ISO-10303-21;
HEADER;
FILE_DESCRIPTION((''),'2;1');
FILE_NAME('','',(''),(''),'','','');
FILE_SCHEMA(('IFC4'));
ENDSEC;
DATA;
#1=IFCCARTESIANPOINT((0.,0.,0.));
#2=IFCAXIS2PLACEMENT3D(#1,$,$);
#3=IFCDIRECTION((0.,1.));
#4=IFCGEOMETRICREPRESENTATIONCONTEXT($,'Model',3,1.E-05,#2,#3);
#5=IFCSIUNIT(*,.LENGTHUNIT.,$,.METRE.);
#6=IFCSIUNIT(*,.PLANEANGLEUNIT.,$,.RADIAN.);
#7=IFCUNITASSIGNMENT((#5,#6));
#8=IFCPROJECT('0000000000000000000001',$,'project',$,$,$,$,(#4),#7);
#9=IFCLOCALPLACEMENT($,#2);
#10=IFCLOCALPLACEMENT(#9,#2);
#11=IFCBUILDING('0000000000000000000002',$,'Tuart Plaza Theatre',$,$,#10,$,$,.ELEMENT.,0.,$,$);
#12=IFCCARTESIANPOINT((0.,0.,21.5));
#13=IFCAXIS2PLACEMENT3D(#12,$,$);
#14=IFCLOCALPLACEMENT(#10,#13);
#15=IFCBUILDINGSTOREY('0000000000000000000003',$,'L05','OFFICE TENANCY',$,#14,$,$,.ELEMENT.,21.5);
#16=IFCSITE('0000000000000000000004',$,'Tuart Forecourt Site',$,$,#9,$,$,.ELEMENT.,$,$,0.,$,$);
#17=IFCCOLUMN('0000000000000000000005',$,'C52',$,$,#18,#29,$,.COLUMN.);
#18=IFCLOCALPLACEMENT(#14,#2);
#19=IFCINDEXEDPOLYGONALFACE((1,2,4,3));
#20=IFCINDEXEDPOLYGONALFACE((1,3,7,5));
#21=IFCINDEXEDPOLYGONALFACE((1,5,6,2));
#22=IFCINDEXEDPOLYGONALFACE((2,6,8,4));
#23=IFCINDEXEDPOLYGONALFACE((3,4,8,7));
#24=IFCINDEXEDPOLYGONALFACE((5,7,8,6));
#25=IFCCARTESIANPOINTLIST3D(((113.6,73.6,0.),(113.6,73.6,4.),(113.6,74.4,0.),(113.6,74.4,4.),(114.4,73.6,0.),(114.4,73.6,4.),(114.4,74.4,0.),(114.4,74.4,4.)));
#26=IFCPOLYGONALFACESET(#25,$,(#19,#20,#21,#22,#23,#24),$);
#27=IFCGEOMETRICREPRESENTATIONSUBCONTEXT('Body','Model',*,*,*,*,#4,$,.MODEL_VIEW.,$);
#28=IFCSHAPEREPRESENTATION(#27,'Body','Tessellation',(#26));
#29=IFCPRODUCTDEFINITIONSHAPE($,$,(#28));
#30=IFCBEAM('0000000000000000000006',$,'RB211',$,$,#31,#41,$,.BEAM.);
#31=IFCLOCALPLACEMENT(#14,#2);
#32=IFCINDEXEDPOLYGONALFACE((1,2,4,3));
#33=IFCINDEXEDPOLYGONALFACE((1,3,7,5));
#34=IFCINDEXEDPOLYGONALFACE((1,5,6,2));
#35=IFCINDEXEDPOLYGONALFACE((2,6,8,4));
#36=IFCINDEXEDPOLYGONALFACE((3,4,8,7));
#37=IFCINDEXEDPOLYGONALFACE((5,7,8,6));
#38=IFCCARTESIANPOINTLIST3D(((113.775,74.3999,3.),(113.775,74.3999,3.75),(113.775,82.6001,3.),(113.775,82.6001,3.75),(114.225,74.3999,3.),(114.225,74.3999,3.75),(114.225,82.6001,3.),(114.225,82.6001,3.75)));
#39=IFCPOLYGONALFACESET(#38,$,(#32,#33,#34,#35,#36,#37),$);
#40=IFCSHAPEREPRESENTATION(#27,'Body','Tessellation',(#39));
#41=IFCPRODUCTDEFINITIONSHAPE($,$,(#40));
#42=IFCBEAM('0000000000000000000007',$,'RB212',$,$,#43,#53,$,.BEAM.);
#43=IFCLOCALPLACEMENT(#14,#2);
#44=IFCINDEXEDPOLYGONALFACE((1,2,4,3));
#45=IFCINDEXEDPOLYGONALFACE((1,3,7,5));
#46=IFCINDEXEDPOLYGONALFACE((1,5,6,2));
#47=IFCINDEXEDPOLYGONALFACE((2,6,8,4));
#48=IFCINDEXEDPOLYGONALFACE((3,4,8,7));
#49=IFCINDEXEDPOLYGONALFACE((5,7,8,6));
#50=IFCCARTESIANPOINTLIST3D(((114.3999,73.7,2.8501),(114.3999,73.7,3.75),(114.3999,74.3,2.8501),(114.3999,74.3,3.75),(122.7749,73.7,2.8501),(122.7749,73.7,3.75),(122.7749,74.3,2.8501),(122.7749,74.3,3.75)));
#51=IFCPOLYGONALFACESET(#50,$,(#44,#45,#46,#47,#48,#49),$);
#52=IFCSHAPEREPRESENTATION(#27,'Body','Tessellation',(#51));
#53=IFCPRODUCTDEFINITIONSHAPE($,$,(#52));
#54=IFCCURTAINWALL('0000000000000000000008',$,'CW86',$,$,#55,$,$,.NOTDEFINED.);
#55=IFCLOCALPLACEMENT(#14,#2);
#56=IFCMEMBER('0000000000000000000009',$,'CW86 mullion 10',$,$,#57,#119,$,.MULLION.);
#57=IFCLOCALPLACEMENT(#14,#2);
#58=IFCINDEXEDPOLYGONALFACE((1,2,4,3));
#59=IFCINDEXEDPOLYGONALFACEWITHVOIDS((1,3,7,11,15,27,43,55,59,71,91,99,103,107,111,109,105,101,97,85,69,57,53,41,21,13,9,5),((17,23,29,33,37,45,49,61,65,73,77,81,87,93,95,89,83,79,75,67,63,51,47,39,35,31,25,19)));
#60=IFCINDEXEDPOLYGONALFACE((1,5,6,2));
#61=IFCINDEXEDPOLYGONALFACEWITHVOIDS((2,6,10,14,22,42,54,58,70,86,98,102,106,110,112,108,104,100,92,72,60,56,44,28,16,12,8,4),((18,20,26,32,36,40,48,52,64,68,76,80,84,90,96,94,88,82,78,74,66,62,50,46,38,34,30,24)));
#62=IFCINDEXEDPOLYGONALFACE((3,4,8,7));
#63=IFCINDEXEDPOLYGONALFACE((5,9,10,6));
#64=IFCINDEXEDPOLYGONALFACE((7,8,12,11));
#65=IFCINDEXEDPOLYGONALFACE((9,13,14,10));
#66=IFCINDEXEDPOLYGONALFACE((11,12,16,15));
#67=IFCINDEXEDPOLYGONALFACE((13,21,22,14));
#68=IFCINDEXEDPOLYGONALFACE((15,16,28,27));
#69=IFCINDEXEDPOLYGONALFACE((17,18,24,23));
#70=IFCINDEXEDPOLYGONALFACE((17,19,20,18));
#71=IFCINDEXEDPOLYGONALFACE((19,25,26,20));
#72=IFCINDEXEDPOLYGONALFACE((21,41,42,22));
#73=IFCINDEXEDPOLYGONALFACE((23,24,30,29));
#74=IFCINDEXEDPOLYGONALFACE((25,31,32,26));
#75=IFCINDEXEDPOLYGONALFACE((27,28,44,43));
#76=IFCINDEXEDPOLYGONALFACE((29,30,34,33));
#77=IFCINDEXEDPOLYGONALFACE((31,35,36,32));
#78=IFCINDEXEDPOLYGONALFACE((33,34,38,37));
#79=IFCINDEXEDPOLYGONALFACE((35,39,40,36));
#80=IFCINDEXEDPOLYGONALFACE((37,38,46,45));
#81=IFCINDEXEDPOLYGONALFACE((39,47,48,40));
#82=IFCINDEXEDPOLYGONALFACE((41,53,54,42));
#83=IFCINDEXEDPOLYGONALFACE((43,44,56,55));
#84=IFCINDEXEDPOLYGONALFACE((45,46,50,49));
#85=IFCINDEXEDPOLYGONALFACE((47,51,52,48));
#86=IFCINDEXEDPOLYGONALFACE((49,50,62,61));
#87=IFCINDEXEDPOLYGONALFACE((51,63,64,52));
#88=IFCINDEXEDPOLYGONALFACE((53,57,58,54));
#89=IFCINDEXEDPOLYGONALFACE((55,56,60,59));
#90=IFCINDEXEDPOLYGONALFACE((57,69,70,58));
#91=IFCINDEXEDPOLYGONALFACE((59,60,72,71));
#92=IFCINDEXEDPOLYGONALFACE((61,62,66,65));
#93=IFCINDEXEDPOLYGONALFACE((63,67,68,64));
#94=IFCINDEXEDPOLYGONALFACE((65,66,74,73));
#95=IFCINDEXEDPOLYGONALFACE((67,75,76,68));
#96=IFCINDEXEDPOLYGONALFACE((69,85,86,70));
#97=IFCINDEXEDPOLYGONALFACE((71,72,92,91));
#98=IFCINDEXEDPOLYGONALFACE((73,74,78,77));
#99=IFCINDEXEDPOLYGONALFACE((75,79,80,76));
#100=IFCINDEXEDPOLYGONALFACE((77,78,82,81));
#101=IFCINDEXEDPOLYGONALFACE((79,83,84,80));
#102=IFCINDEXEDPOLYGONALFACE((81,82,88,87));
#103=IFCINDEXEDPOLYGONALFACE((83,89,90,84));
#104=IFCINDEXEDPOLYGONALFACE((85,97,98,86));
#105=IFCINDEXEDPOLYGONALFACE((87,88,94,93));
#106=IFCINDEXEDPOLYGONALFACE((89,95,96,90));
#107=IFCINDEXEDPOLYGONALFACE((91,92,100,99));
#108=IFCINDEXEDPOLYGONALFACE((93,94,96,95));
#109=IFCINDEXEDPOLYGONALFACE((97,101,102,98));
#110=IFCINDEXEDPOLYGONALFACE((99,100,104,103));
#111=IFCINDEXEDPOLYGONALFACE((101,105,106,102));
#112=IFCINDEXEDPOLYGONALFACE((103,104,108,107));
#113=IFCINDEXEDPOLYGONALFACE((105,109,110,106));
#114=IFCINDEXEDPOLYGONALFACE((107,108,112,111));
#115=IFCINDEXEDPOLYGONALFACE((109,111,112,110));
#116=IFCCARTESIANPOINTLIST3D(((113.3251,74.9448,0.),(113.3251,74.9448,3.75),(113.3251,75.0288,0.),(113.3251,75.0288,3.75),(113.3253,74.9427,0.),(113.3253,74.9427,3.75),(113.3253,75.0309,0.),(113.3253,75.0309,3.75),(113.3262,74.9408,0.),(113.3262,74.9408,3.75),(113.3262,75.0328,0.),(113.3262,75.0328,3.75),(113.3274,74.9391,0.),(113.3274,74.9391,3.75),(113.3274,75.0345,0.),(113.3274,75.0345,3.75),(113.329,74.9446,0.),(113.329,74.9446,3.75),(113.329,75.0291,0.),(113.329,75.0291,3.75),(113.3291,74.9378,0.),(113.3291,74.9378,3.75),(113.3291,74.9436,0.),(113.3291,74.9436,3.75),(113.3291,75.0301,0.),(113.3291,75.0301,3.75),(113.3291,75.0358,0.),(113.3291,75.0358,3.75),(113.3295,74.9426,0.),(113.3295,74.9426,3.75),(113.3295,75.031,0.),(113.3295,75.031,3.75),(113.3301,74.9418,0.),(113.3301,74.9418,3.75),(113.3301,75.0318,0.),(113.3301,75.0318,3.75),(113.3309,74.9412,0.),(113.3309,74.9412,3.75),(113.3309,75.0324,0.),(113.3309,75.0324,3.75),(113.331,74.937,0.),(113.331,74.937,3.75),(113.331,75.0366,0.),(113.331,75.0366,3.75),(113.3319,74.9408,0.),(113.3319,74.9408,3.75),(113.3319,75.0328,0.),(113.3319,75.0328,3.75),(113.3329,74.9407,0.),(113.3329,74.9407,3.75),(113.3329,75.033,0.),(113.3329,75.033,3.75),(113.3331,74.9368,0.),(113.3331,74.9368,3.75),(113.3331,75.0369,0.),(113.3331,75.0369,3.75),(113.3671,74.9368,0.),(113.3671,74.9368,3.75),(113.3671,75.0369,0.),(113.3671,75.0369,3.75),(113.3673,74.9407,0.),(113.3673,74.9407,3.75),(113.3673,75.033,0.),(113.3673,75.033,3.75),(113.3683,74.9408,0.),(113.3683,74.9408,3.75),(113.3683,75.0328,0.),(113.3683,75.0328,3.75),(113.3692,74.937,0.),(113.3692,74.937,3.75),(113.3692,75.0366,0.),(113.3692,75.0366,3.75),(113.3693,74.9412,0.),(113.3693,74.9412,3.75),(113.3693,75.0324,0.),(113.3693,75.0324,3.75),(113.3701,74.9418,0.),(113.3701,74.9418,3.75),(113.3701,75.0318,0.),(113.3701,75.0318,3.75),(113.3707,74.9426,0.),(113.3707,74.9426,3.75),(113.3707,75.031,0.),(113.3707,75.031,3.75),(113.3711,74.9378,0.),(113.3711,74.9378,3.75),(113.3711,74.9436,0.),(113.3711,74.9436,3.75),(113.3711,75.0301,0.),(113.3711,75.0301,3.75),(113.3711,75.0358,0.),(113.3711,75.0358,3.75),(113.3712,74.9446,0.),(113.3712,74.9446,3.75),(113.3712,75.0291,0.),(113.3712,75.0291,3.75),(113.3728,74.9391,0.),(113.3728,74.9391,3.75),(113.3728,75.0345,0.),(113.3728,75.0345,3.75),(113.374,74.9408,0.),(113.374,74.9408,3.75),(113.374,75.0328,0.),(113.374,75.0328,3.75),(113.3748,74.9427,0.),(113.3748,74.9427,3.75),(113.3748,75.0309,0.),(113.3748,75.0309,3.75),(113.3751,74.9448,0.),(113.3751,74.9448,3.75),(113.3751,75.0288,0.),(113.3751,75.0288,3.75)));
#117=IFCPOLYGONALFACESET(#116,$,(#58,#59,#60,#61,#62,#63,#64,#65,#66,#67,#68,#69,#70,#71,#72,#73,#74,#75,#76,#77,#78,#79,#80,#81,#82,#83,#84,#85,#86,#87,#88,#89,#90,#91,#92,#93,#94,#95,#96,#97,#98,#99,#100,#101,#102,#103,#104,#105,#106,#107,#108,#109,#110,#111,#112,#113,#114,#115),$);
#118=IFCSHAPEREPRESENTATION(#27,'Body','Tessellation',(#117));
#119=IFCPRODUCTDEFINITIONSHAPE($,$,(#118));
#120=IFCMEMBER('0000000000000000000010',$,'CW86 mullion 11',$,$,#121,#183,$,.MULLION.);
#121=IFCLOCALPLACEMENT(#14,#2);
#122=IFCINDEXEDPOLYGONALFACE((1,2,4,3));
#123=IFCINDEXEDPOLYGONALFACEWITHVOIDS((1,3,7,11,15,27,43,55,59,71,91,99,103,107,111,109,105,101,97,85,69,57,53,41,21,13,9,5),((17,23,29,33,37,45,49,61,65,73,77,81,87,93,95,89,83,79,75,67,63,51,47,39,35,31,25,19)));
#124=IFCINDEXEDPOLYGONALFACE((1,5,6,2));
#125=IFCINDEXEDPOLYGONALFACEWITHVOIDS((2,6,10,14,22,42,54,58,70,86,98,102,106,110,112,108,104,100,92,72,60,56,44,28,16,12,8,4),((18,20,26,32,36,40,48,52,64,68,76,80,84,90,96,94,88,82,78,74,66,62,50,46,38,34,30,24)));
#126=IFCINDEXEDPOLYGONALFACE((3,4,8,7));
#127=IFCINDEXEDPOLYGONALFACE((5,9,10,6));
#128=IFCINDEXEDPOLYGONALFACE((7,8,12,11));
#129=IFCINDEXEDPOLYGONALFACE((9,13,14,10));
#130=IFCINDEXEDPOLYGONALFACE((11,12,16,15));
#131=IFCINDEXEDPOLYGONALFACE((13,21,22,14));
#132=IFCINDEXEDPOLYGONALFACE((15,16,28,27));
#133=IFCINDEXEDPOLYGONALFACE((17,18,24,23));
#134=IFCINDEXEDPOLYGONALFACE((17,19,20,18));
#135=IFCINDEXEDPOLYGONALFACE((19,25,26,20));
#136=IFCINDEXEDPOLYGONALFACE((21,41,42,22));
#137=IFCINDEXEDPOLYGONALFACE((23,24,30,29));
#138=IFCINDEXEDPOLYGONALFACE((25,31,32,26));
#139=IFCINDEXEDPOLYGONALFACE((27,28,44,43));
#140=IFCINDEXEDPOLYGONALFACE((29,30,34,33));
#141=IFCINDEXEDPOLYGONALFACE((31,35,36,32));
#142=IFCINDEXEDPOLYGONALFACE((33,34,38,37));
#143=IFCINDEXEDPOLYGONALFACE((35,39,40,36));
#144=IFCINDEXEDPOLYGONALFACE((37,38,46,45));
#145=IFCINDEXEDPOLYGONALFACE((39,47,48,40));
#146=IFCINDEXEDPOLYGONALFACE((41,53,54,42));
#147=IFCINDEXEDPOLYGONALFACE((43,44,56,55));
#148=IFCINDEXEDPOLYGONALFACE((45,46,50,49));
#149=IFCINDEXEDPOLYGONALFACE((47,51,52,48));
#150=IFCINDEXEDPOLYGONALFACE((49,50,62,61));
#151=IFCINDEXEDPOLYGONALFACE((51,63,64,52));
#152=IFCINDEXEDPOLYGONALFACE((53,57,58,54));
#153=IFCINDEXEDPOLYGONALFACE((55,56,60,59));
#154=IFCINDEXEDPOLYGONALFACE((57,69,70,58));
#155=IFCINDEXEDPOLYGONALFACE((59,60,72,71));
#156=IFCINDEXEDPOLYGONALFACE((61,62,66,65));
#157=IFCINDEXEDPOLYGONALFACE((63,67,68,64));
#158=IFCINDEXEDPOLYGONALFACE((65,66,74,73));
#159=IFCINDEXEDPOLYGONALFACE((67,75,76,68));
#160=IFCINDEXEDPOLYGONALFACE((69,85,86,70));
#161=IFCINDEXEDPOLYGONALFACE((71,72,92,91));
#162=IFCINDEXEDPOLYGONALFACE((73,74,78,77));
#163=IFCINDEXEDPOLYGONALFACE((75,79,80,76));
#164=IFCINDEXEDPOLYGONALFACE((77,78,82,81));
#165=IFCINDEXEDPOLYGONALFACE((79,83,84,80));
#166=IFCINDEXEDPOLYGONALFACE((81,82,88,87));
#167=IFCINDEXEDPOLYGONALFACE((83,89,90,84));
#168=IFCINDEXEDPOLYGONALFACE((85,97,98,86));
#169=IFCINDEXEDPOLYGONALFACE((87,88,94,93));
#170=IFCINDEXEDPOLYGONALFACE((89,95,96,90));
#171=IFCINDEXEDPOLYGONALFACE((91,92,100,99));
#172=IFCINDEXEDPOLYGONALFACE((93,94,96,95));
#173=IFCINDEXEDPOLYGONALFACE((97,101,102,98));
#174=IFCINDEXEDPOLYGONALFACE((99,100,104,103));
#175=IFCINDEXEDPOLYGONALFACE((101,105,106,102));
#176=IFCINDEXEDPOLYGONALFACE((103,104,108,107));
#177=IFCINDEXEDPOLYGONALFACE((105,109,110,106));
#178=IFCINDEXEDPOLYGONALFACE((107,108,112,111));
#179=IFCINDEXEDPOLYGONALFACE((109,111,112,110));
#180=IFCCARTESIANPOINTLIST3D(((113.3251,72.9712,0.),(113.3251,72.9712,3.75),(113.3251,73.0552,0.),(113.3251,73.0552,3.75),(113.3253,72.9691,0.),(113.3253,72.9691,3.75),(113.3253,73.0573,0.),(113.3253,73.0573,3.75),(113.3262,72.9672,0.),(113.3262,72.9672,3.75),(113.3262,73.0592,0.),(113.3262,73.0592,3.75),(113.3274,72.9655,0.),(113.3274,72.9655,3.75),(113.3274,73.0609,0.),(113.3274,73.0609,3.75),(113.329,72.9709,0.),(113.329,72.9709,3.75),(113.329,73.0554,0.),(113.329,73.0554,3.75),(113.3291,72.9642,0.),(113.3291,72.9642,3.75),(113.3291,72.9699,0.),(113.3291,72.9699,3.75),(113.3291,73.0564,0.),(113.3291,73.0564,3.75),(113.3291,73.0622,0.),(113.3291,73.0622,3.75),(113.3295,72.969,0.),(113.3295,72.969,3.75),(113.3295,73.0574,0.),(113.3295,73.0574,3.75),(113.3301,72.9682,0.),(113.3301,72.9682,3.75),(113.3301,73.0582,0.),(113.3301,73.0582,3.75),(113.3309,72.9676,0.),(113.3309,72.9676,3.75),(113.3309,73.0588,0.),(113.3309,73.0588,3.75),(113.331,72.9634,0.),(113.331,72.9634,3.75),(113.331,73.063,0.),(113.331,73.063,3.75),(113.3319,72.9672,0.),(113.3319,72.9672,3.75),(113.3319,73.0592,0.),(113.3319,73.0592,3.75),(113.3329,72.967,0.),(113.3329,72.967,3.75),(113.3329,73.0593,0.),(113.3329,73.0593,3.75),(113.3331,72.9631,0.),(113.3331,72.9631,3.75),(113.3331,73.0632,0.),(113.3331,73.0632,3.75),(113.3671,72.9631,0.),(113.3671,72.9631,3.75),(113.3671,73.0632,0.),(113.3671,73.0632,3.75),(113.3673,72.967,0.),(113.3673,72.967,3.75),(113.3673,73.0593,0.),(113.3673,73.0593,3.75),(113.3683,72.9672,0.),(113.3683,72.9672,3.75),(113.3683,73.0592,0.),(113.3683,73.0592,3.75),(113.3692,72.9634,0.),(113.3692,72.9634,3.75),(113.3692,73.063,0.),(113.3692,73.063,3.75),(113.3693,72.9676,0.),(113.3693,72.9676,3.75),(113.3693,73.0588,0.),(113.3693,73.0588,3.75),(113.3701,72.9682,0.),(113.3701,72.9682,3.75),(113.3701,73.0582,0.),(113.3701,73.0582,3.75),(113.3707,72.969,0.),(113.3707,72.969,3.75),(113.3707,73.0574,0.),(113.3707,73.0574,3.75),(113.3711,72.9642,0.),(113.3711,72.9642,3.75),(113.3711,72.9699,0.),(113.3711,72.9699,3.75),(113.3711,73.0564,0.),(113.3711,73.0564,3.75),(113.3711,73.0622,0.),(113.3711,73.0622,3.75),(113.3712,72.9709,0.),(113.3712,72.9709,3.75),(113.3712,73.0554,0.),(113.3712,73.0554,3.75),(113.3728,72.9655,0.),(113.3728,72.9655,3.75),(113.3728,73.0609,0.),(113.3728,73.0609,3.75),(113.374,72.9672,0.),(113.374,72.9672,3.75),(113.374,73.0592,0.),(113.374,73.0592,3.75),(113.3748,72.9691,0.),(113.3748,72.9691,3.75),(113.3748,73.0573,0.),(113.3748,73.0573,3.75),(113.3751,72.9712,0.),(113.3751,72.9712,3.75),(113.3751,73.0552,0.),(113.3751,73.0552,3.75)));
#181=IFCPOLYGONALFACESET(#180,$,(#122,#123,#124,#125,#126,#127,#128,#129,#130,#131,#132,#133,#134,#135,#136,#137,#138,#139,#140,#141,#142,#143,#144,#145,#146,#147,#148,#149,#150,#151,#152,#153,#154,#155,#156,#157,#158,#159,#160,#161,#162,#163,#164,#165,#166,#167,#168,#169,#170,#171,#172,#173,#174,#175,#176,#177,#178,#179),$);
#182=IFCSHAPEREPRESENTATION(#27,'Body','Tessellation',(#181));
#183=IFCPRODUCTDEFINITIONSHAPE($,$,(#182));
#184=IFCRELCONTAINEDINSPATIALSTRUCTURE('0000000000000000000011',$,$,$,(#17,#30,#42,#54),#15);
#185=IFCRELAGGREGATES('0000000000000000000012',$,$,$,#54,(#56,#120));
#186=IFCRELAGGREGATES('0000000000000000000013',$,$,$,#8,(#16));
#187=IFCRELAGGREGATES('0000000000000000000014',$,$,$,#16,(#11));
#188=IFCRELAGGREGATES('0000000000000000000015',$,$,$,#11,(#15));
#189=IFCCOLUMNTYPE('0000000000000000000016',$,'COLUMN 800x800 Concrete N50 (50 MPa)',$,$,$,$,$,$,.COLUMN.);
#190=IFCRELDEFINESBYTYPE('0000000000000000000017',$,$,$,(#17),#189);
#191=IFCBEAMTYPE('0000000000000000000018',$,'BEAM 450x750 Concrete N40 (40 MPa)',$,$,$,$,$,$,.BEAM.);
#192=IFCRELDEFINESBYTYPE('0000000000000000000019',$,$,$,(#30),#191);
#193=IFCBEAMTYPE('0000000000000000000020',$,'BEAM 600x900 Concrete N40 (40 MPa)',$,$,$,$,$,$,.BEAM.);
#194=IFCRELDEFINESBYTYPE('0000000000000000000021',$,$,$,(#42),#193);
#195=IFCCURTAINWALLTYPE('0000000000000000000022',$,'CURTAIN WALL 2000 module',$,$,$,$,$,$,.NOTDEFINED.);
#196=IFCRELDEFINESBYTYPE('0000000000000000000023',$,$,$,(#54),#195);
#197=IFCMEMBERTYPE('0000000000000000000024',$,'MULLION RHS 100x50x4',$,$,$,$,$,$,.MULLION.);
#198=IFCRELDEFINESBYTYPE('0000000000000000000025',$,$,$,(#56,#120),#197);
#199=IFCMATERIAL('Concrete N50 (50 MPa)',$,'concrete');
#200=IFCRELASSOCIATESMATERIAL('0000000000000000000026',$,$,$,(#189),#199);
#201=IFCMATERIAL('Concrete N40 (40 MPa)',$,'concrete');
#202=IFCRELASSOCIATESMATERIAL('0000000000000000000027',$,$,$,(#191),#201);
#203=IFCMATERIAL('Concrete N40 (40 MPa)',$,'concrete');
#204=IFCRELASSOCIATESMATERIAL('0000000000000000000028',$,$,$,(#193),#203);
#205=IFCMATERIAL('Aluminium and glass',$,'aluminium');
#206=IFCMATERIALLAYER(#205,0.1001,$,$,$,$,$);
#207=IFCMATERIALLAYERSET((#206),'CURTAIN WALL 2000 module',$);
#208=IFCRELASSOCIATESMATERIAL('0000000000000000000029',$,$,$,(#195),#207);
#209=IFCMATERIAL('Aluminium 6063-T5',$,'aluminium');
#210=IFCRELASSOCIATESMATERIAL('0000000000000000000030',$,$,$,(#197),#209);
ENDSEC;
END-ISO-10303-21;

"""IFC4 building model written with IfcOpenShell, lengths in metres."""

from ifc_helpers import new_model, si_unit, direction, frame, origin, origin_2d, place, context, subcontext, project, spatial, rectangle, hollow_rectangle, extrude, material, layer, layer_set, material_profile, profile_set, type_object, element, aggregate, save


model = new_model("IFC4")

# Units and contexts
model_context = context("Model", 3, precision=1e-05, world=origin(), true_north=direction((0.0, 1.0)))
body_context = subcontext(model_context, "Body", "Model", "MODEL_VIEW")
ifc_project = project(units=[si_unit("LENGTHUNIT", "METRE"), si_unit("PLANEANGLEUNIT", "RADIAN")], contexts=[model_context])

# Site, building, storey
site_placement = place(None, origin())
site = spatial("IfcSite", under=ifc_project, at=site_placement, Name="Tuart Forecourt Site", CompositionType="ELEMENT", RefElevation=0.0)
building_placement = place(site_placement, origin())
building = spatial("IfcBuilding", under=site, at=building_placement, Name="Tuart Plaza Theatre", CompositionType="ELEMENT", ElevationOfRefHeight=0.0)
storey_placement = place(building_placement, frame((0.0, 0.0, 21.5)))
storey = spatial("IfcBuildingStorey", under=building, at=storey_placement, Name="L05", Description="OFFICE TENANCY", CompositionType="ELEMENT", Elevation=21.5)

# Column
ifc_material_1 = material(Name="Concrete N50 (50 MPa)", Category="concrete")
ifc_material_profile_1 = material_profile(ifc_material_1, rectangle(XDim=0.8, YDim=0.8, at=origin_2d()), Name="COLUMN 800x800 Concrete N50 (50 MPa)")
ifc_profile_set_1 = profile_set([ifc_material_profile_1], Name="Concrete N50 (50 MPa)")
column_type = type_object("IfcColumnType", Name="COLUMN 800x800 Concrete N50 (50 MPa)", PredefinedType="COLUMN", material=ifc_profile_set_1)
column_placement = place(storey_placement, frame((114.0, 74.0, 0.0), z_axis=(0.0, 0.0, 1.0), x_axis=(1.0, 0.0, 0.0)))
element("IfcColumn", 1, at=column_placement, inside=storey, type_object=column_type, Name="C52", PredefinedType="COLUMN", context=body_context, shape_type="SweptSolid", body=[
    extrude(rectangle(XDim=0.8, YDim=0.8, at=origin_2d()), origin(), (0.0, 0.0, 1.0), 4.0),
])

# Beams
ifc_material_2 = material(Name="Concrete N40 (40 MPa)", Category="concrete")
ifc_material_profile_2 = material_profile(ifc_material_2, rectangle(XDim=0.45, YDim=0.75, at=origin_2d()), Name="BEAM 450x750 Concrete N40 (40 MPa)")
ifc_profile_set_2 = profile_set([ifc_material_profile_2], Name="Concrete N40 (40 MPa)")
beam_type_1 = type_object("IfcBeamType", Name="BEAM 450x750 Concrete N40 (40 MPa)", PredefinedType="BEAM", material=ifc_profile_set_2)
beam_1_placement = place(storey_placement, frame((114.0, 74.3999, 3.375), z_axis=(0.0, 1.0, 0.0), x_axis=(-1.0, 0.0, 0.0)))
element("IfcBeam", 2, at=beam_1_placement, inside=storey, type_object=beam_type_1, Name="RB211", PredefinedType="BEAM", context=body_context, shape_type="SweptSolid", body=[
    extrude(rectangle(XDim=0.45, YDim=0.75, at=origin_2d()), origin(), (0.0, 0.0, 1.0), 8.2002),
])
ifc_material_3 = material(Name="Concrete N40 (40 MPa)", Category="concrete")
ifc_material_profile_3 = material_profile(ifc_material_3, rectangle(XDim=0.6001, YDim=0.8999, at=origin_2d()), Name="BEAM 600x900 Concrete N40 (40 MPa)")
ifc_profile_set_3 = profile_set([ifc_material_profile_3], Name="Concrete N40 (40 MPa)")
beam_type_2 = type_object("IfcBeamType", Name="BEAM 600x900 Concrete N40 (40 MPa)", PredefinedType="BEAM", material=ifc_profile_set_3)
beam_2_placement = place(storey_placement, frame((114.3999, 74.0, 3.3), z_axis=(1.0, 0.0, 0.0), x_axis=(0.0, 1.0, 0.0)))
element("IfcBeam", 3, at=beam_2_placement, inside=storey, type_object=beam_type_2, Name="RB212", PredefinedType="BEAM", context=body_context, shape_type="SweptSolid", body=[
    extrude(rectangle(XDim=0.6001, YDim=0.8999, at=origin_2d()), origin(), (0.0, 0.0, 1.0), 8.375),
])

# Curtain wall, members
ifc_material_4 = material(Name="Aluminium and glass", Category="aluminium")
ifc_layer_1 = layer(ifc_material_4, 0.1001)
ifc_layer_set_1 = layer_set([ifc_layer_1], Name="CURTAIN WALL 2000 module")
curtain_wall_type = type_object("IfcCurtainWallType", Name="CURTAIN WALL 2000 module", PredefinedType="NOTDEFINED", material=ifc_layer_set_1)
curtain_wall_placement = place(storey_placement, origin())
curtain_wall = element("IfcCurtainWall", 4, at=curtain_wall_placement, inside=storey, type_object=curtain_wall_type, Name="CW86", PredefinedType="NOTDEFINED")
ifc_material_5 = material(Name="Aluminium 6063-T5", Category="aluminium")
ifc_material_profile_4 = material_profile(ifc_material_5, hollow_rectangle(XDim=0.05, YDim=0.1001, WallThickness=0.0039, InnerFilletRadius=0.0039, OuterFilletRadius=0.0081, at=origin_2d()), Name="RHS 100x50x4")
ifc_profile_set_4 = profile_set([ifc_material_profile_4], Name="Aluminium 6063-T5")
member_type_1 = type_object("IfcMemberType", Name="MULLION RHS 100x50x4", PredefinedType="MULLION", material=ifc_profile_set_4)
member_1_placement = place(storey_placement, frame((113.3501, 74.9868, 0.0), z_axis=(0.0, 0.0, 1.0), x_axis=(1.0, 0.0, 0.0)))
member_1 = element("IfcMember", 5, at=member_1_placement, type_object=member_type_1, Name="CW86 mullion 10", PredefinedType="MULLION", context=body_context, shape_type="SweptSolid", body=[
    extrude(hollow_rectangle(XDim=0.05, YDim=0.1001, WallThickness=0.0039, InnerFilletRadius=0.0039, OuterFilletRadius=0.0081, at=origin_2d()), origin(), (0.0, 0.0, 1.0), 3.75),
])
member_2_placement = place(storey_placement, frame((113.3501, 73.0132, 0.0), z_axis=(0.0, 0.0, 1.0), x_axis=(1.0, 0.0, 0.0)))
member_2 = element("IfcMember", 6, at=member_2_placement, type_object=member_type_1, Name="CW86 mullion 11", PredefinedType="MULLION", context=body_context, shape_type="SweptSolid", body=[
    extrude(hollow_rectangle(XDim=0.05, YDim=0.1001, WallThickness=0.0039, InnerFilletRadius=0.0039, OuterFilletRadius=0.0081, at=origin_2d()), origin(), (0.0, 0.0, 1.0), 3.75),
])
aggregate(curtain_wall, [member_1, member_2])

save(model, "model.ifc")
